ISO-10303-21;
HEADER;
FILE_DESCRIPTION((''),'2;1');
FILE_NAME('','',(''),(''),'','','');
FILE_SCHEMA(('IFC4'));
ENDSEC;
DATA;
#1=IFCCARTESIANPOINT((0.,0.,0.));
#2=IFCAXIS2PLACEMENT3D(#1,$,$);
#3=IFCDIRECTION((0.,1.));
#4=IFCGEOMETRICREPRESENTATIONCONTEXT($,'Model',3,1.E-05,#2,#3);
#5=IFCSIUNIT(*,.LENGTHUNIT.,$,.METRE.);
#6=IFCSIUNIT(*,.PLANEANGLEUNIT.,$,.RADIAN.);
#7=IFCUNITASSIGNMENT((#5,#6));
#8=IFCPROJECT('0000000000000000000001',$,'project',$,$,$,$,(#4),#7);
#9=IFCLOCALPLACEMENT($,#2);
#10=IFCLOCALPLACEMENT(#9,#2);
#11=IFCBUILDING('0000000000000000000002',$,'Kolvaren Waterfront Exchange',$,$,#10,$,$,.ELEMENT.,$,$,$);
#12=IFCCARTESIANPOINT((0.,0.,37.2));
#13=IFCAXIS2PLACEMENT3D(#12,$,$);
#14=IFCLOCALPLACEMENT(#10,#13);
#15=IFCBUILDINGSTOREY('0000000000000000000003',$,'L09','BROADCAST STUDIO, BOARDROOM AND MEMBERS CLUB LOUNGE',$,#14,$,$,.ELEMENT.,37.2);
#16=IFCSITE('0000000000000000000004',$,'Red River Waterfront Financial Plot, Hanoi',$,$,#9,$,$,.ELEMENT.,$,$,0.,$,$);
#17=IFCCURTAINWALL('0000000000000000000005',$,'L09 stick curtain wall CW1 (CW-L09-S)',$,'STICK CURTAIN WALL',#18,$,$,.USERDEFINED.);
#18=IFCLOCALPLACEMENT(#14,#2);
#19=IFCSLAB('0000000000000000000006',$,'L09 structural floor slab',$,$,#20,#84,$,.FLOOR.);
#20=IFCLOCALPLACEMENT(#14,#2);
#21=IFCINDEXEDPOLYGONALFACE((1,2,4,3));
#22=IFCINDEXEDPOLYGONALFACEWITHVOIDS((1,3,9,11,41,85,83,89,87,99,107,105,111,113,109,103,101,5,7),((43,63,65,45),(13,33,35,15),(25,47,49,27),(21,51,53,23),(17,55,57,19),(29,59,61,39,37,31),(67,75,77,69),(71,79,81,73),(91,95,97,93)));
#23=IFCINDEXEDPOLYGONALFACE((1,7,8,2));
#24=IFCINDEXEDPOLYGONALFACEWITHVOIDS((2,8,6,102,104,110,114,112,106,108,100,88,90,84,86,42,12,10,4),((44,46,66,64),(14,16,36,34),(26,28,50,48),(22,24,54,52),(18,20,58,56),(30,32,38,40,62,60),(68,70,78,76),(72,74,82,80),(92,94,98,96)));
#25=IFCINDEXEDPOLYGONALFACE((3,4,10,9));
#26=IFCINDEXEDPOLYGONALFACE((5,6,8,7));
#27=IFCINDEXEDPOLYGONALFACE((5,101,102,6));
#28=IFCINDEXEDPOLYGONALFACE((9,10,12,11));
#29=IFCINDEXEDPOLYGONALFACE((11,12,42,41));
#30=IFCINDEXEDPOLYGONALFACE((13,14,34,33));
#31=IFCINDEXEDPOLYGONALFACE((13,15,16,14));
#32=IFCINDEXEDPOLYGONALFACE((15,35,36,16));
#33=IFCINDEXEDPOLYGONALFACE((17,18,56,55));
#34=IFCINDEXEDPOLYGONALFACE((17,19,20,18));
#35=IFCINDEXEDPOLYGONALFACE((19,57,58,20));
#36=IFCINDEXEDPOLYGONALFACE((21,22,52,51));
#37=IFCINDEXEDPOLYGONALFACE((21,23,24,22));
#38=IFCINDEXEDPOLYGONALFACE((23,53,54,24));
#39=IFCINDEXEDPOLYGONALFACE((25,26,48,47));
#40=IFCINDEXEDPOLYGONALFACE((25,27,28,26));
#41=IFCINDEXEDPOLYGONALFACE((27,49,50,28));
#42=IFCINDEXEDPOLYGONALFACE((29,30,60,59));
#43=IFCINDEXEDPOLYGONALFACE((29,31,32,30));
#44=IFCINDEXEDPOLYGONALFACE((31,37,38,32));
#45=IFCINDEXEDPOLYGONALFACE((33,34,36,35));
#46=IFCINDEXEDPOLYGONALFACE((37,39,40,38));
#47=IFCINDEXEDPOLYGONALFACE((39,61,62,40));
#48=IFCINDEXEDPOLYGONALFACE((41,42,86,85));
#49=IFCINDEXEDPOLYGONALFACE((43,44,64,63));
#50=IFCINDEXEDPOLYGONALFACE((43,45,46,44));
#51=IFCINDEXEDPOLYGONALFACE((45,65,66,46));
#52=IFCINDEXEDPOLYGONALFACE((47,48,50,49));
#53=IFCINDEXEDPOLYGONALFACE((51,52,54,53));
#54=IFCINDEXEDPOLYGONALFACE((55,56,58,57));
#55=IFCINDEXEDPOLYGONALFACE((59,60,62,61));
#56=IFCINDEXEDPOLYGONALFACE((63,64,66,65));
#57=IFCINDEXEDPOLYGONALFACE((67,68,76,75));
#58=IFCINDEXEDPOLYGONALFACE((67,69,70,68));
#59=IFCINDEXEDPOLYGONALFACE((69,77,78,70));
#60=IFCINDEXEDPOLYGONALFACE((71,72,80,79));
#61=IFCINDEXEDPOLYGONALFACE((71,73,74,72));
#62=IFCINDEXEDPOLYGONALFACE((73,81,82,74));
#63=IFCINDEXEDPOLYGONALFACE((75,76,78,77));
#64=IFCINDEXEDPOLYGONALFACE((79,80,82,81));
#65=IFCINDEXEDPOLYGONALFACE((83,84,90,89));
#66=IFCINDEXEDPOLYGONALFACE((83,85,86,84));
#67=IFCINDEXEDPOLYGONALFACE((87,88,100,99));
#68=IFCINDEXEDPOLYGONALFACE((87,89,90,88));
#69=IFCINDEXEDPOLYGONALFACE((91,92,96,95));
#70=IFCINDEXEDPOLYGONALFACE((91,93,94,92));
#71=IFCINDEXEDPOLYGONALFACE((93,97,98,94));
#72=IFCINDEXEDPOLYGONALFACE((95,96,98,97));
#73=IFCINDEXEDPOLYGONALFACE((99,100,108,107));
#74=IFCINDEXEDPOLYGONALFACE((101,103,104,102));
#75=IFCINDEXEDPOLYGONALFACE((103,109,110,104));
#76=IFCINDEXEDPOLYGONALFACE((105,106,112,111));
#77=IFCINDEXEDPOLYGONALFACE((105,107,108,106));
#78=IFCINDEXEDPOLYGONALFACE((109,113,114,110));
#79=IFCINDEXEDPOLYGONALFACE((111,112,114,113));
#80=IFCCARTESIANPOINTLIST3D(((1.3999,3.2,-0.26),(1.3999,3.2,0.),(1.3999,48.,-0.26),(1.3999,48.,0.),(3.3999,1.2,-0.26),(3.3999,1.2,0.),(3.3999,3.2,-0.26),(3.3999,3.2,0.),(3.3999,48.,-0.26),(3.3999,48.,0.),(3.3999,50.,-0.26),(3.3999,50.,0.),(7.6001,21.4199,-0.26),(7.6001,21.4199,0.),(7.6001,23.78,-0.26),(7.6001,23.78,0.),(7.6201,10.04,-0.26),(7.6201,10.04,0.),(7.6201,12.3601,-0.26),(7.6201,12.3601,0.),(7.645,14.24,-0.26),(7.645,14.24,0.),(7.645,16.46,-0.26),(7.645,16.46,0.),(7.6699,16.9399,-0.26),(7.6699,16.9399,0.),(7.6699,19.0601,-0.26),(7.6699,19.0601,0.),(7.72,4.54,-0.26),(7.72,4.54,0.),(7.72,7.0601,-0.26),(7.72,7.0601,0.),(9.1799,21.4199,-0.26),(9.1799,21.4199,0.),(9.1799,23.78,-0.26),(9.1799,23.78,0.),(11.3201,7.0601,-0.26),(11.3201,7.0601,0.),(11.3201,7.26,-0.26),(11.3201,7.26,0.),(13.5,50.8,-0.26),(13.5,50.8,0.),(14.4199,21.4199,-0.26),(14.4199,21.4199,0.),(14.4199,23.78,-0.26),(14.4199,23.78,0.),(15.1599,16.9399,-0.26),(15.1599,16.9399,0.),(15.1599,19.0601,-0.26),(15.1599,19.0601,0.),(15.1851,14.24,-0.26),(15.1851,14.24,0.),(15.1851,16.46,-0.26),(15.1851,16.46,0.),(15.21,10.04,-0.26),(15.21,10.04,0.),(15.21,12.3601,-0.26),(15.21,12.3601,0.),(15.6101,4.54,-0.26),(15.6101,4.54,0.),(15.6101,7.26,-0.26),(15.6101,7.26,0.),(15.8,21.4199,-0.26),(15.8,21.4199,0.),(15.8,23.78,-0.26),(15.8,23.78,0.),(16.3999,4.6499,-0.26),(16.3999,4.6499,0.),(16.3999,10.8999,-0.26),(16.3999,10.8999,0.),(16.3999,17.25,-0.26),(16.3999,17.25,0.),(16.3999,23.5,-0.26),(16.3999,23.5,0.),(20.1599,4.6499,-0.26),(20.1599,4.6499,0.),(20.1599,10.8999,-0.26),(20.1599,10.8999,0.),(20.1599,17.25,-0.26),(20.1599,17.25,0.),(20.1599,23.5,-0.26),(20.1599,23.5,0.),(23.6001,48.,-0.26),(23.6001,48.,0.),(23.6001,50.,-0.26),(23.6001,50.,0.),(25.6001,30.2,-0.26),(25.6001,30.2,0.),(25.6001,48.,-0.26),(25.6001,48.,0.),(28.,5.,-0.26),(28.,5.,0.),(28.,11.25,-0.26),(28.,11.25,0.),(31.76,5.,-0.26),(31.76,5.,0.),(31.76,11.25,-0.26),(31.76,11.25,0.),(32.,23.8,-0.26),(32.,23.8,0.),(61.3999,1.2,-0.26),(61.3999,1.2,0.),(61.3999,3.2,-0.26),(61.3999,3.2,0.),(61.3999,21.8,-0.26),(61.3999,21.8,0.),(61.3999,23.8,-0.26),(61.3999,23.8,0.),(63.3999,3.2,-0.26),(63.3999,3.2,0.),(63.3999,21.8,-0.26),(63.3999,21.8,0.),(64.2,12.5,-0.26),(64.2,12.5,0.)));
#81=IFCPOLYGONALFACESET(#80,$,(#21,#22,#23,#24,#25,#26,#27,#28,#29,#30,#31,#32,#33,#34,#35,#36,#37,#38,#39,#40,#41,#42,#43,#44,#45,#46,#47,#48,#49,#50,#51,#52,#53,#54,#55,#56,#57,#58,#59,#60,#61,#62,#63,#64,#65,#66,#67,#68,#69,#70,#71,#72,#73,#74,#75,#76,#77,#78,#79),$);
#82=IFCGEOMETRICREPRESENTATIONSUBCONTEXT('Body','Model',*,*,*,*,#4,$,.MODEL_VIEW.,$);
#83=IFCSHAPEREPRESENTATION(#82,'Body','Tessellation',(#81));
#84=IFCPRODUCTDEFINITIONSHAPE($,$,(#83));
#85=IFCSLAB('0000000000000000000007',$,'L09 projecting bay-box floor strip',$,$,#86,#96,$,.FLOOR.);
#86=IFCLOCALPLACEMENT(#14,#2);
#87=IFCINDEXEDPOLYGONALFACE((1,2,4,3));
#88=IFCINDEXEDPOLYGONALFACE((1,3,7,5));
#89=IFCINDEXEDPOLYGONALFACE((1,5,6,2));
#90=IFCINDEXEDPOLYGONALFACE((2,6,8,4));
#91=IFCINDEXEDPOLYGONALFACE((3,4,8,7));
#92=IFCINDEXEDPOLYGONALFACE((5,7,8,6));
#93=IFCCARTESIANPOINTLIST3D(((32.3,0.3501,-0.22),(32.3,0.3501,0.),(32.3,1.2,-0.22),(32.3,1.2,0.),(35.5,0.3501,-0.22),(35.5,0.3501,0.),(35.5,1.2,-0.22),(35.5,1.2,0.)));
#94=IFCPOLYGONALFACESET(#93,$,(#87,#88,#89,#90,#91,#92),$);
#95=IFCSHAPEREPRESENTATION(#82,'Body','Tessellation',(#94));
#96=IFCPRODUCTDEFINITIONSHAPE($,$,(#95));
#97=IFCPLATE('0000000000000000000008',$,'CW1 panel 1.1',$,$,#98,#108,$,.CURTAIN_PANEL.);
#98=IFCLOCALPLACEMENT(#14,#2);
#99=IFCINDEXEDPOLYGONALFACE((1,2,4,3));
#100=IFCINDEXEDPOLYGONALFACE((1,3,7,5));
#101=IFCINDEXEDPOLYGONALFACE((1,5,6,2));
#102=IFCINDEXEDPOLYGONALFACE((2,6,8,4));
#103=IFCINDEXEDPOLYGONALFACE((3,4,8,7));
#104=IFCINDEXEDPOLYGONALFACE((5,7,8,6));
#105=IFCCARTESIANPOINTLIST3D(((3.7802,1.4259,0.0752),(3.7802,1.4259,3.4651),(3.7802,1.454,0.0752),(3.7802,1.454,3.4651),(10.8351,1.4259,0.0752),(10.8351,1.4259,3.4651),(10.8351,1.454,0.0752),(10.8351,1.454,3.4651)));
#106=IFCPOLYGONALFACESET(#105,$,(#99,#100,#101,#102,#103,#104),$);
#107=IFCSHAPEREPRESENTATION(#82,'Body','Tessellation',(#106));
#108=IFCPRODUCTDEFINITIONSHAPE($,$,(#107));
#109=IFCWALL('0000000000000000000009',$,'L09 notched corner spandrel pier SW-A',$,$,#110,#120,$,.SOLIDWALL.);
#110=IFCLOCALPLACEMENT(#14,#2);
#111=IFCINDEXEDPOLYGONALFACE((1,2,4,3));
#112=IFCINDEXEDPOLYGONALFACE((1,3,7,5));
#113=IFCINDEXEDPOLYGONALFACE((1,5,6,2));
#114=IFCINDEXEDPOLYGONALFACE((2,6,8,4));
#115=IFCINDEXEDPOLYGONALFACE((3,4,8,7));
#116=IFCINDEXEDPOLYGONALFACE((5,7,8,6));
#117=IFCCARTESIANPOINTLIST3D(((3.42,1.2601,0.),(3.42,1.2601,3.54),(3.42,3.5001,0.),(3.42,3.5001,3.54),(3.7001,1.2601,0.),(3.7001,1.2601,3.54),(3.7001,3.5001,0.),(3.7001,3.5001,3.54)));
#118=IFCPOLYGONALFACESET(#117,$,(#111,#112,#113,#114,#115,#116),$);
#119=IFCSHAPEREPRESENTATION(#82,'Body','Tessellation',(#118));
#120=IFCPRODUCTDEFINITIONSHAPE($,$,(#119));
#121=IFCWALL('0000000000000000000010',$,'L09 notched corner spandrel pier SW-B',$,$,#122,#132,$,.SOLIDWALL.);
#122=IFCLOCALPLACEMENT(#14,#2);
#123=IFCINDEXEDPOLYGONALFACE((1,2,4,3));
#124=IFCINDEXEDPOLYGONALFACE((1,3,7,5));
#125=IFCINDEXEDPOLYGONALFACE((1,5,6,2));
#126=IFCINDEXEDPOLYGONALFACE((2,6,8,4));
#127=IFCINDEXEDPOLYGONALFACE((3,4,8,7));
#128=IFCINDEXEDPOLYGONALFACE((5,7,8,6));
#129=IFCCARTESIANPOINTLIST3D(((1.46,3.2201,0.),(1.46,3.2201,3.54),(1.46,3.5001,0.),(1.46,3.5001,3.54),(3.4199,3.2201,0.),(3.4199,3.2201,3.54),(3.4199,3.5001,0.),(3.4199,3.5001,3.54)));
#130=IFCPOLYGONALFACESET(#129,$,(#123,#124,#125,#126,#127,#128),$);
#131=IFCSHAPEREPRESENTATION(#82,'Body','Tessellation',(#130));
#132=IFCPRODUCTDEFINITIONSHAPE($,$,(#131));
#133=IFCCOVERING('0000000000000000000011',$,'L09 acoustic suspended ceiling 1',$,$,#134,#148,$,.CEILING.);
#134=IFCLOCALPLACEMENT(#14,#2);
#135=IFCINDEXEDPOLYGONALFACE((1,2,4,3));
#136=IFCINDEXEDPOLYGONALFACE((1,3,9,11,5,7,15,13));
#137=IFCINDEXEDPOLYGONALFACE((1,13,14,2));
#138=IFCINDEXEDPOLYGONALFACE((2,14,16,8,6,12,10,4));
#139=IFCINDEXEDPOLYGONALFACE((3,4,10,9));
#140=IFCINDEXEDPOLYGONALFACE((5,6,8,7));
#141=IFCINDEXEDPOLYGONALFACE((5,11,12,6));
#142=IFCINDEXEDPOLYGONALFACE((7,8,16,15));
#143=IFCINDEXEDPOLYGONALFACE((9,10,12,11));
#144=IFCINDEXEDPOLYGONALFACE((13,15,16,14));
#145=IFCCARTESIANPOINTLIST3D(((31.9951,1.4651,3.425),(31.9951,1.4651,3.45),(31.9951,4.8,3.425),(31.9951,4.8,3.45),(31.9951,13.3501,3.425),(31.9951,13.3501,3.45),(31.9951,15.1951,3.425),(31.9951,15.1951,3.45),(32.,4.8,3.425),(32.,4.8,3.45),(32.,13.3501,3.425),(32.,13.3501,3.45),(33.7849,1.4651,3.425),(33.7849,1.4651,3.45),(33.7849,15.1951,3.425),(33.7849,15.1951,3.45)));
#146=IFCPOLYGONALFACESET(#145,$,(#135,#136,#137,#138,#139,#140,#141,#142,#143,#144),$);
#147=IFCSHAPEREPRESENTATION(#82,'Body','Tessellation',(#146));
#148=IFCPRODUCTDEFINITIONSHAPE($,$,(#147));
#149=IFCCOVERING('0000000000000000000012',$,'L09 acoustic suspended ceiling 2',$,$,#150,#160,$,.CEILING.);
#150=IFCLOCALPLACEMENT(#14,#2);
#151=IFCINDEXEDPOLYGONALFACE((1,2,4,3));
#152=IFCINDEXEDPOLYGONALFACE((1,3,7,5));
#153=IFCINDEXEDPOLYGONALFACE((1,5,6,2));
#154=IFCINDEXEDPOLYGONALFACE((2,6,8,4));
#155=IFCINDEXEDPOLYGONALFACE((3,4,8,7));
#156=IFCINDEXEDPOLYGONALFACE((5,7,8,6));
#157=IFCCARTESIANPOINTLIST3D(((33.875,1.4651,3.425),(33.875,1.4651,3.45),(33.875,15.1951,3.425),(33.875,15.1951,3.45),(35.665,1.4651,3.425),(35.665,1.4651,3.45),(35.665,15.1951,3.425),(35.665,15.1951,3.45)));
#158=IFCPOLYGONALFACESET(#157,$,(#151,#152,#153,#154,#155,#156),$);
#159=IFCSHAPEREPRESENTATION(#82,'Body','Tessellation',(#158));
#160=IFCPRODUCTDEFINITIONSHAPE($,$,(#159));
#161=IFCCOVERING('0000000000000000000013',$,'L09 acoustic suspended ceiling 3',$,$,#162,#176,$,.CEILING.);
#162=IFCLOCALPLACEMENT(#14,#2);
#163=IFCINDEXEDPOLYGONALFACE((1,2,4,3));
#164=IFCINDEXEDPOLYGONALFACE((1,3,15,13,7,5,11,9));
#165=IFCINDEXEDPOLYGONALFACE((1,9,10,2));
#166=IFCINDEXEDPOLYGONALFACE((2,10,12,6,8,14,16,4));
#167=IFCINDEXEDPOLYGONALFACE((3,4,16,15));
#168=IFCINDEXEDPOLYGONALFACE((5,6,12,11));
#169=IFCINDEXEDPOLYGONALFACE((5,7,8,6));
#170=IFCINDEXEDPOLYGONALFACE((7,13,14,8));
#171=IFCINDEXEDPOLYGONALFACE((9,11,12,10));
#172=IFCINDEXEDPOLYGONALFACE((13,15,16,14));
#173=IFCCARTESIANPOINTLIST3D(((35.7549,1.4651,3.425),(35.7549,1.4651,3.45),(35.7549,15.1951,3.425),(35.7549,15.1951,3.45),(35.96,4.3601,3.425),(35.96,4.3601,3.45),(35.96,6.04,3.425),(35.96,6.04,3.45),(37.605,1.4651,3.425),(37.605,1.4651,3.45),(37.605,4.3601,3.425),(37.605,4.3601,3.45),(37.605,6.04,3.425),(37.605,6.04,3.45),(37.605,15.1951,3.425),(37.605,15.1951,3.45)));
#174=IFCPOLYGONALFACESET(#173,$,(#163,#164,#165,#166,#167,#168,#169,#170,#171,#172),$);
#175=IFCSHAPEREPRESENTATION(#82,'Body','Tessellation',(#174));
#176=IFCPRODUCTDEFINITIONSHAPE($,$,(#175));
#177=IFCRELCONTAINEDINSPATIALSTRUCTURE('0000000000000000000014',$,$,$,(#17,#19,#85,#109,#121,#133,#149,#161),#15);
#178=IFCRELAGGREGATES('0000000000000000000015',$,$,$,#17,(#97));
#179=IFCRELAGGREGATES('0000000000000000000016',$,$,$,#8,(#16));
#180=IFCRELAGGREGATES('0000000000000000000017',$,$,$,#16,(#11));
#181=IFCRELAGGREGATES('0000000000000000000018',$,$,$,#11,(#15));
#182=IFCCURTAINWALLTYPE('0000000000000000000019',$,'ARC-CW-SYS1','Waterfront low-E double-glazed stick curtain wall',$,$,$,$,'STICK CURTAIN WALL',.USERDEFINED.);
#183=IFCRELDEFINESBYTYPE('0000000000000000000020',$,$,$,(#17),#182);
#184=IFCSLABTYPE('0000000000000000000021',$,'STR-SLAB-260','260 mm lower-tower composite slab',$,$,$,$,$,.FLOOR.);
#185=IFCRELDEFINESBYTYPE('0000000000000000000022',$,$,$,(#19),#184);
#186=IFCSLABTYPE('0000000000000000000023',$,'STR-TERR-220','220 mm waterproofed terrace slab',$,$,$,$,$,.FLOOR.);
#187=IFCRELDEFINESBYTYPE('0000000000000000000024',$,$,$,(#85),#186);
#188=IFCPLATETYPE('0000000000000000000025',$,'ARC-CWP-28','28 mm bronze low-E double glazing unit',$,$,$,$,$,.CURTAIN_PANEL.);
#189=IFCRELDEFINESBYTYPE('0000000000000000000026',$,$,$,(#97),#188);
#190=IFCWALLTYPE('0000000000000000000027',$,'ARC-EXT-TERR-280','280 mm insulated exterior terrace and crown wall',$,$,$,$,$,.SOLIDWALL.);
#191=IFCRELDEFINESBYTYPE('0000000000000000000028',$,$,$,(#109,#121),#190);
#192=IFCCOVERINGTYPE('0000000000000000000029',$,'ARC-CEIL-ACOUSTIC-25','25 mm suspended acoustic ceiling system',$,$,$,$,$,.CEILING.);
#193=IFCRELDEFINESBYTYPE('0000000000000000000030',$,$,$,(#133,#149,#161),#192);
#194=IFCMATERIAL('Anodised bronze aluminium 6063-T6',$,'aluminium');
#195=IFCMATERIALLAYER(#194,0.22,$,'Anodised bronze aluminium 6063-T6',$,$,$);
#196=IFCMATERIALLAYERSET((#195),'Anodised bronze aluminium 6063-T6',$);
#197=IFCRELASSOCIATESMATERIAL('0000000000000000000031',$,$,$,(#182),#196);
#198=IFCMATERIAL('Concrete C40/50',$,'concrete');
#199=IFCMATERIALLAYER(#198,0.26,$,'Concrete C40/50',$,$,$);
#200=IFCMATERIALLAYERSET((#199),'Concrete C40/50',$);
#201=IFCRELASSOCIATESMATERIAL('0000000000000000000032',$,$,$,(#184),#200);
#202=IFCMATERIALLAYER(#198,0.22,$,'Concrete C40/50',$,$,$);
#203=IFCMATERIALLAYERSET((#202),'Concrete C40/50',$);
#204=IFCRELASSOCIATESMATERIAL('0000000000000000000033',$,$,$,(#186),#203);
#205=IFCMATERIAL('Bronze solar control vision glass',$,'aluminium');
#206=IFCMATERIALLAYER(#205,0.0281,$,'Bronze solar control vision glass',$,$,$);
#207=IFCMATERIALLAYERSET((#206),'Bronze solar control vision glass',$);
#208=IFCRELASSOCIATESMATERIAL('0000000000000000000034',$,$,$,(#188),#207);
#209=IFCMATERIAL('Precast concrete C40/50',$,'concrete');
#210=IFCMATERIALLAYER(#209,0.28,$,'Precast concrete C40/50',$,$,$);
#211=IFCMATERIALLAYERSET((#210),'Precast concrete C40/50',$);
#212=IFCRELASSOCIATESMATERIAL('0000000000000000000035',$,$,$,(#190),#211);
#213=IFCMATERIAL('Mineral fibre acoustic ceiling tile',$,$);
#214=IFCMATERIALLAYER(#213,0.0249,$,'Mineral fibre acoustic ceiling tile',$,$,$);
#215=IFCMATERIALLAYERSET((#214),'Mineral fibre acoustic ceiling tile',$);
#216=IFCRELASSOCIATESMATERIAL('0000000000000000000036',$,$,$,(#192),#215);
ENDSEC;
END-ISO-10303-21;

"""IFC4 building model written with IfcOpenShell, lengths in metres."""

from ifc_helpers import new_model, si_unit, direction, frame, frame_2d, origin, origin_with_axes, origin_2d, place, context, subcontext, project, spatial, polyline, rectangle, outline, extrude, source, transform, mapped, material, layer, layer_set, type_object, element, aggregate, save


model = new_model("IFC4")

# Units and contexts
model_context = context("Model", 3, precision=1e-05, world=origin(), true_north=direction((0.0, 1.0)))
body_context = subcontext(model_context, "Body", "Model", "MODEL_VIEW")
ifc_project = project(units=[si_unit("LENGTHUNIT", "METRE"), si_unit("PLANEANGLEUNIT", "RADIAN")], contexts=[model_context])

# Site, building, storey
site_placement = place(None, origin())
site = spatial("IfcSite", under=ifc_project, at=site_placement, Name="Red River Waterfront Financial Plot, Hanoi", CompositionType="ELEMENT", RefElevation=0.0)
building_placement = place(site_placement, origin())
building = spatial("IfcBuilding", under=site, at=building_placement, Name="Kolvaren Waterfront Exchange", CompositionType="ELEMENT")
storey_placement = place(building_placement, frame((0.0, 0.0, 37.2)))
storey = spatial("IfcBuildingStorey", under=building, at=storey_placement, Name="L09", Description="BROADCAST STUDIO, BOARDROOM AND MEMBERS CLUB LOUNGE", CompositionType="ELEMENT", Elevation=37.2)

# Curtain wall
ifc_material_1 = material(Name="Anodised bronze aluminium 6063-T6", Category="aluminium")
ifc_layer_1 = layer(ifc_material_1, 0.22, Name="Anodised bronze aluminium 6063-T6")
ifc_layer_set_1 = layer_set([ifc_layer_1], Name="Anodised bronze aluminium 6063-T6")
curtain_wall_type_1 = type_object("IfcCurtainWallType", Name="ARC-CW-SYS1", Description="Waterfront low-E double-glazed stick curtain wall", ElementType="STICK CURTAIN WALL", PredefinedType="USERDEFINED", material=ifc_layer_set_1)
curtain_wall_1_placement = place(storey_placement, origin())
curtain_wall_1 = element("IfcCurtainWall", 1, at=curtain_wall_1_placement, inside=storey, type_object=curtain_wall_type_1, Name="L09 stick curtain wall CW1 (CW-L09-S)", ObjectType="STICK CURTAIN WALL", PredefinedType="USERDEFINED")

# Shared definitions
ifc_material_2 = material(Name="Concrete C40/50", Category="concrete")

# Slabs
ifc_layer_2 = layer(ifc_material_2, 0.26, Name="Concrete C40/50")
ifc_layer_set_2 = layer_set([ifc_layer_2], Name="Concrete C40/50")
slab_type_1 = type_object("IfcSlabType", Name="STR-SLAB-260", Description="260 mm lower-tower composite slab", PredefinedType="FLOOR", material=ifc_layer_set_2)
slab_1_placement = place(storey_placement, frame((0.0, 0.0, -0.26)))
element("IfcSlab", 2, at=slab_1_placement, inside=storey, type_object=slab_type_1, Name="L09 structural floor slab", PredefinedType="FLOOR", context=body_context, shape_type="SweptSolid", body=[
    extrude(outline(polyline([(3.3999, 1.2), (61.3999, 1.2), (61.3999, 3.2), (63.3999, 3.2), (64.2, 12.5), (63.3999, 21.8), (61.3999, 21.8), (61.3999, 23.8), (32.0, 23.8), (25.6001, 30.2), (25.6001, 48.0), (23.6001, 48.0), (23.6001, 50.0), (13.5, 50.8), (3.3999, 50.0), (3.3999, 48.0), (1.3999, 48.0), (1.3999, 3.2), (3.3999, 3.2), (3.3999, 1.2)]), holes=[polyline([(11.3201, 7.26), (15.6101, 7.26), (15.6101, 4.54), (7.72, 4.54), (7.72, 7.0601), (11.3201, 7.0601), (11.3201, 7.26)]), polyline([(20.1599, 4.6499), (16.3999, 4.6499), (16.3999, 10.8999), (20.1599, 10.8999), (20.1599, 4.6499)]), polyline([(31.76, 5.0), (28.0, 5.0), (28.0, 11.25), (31.76, 11.25), (31.76, 5.0)]), polyline([(15.21, 10.04), (7.6201, 10.04), (7.6201, 12.3601), (15.21, 12.3601), (15.21, 10.04)]), polyline([(7.645, 16.46), (15.1851, 16.46), (15.1851, 14.24), (7.645, 14.24), (7.645, 16.46)]), polyline([(15.1599, 16.9399), (7.6699, 16.9399), (7.6699, 19.0601), (15.1599, 19.0601), (15.1599, 16.9399)]), polyline([(16.3999, 23.5), (20.1599, 23.5), (20.1599, 17.25), (16.3999, 17.25), (16.3999, 23.5)]), polyline([(7.6001, 23.78), (9.1799, 23.78), (9.1799, 21.4199), (7.6001, 21.4199), (7.6001, 23.78)]), polyline([(15.8, 23.78), (15.8, 21.4199), (14.4199, 21.4199), (14.4199, 23.78), (15.8, 23.78)])]), origin(), (0.0, 0.0, 1.0), 0.26),
])
ifc_layer_3 = layer(ifc_material_2, 0.22, Name="Concrete C40/50")
ifc_layer_set_3 = layer_set([ifc_layer_3], Name="Concrete C40/50")
slab_type_2 = type_object("IfcSlabType", Name="STR-TERR-220", Description="220 mm waterproofed terrace slab", PredefinedType="FLOOR", material=ifc_layer_set_3)
slab_2_placement = place(storey_placement, frame((0.0, 0.0, -0.22)))
element("IfcSlab", 3, at=slab_2_placement, inside=storey, type_object=slab_type_2, Name="L09 projecting bay-box floor strip", PredefinedType="FLOOR", context=body_context, shape_type="SweptSolid", body=[
    extrude(outline(polyline([(32.3, 0.3501), (35.5, 0.3501), (35.5, 1.2), (32.3, 1.2), (32.3, 0.3501)])), origin(), (0.0, 0.0, 1.0), 0.22),
])

# Plate
ifc_material_3 = material(Name="Bronze solar control vision glass", Category="aluminium")
ifc_layer_4 = layer(ifc_material_3, 0.0281, Name="Bronze solar control vision glass")
ifc_layer_set_4 = layer_set([ifc_layer_4], Name="Bronze solar control vision glass")
plate_type = type_object("IfcPlateType", Name="ARC-CWP-28", Description="28 mm bronze low-E double glazing unit", PredefinedType="CURTAIN_PANEL", material=ifc_layer_set_4)
shared_shape_1 = source(origin_with_axes(), body_context, "Body", "SweptSolid", [
    extrude(rectangle(XDim=7.0549, YDim=0.0281, at=origin_2d()), origin(), (0.0, 0.0, 1.0), 3.3899),
])
plate_placement = place(storey_placement, frame((7.3076, 1.4399, 0.0752), z_axis=(0.0, 0.0, 1.0), x_axis=(1.0, 0.0, 0.0)))
plate = element("IfcPlate", 4, at=plate_placement, type_object=plate_type, Name="CW1 panel 1.1", PredefinedType="CURTAIN_PANEL", context=body_context, shape_type="MappedRepresentation", body=[
    mapped(shared_shape_1, transform((0.0, 0.0, 0.0), x_axis=(1.0, 0.0, 0.0), y_axis=(0.0, 1.0, 0.0), z_axis=(0.0, 0.0, 1.0), scale=1.0)),
])
aggregate(curtain_wall_1, [plate])

# Walls
ifc_material_4 = material(Name="Precast concrete C40/50", Category="concrete")
ifc_layer_5 = layer(ifc_material_4, 0.28, Name="Precast concrete C40/50")
ifc_layer_set_5 = layer_set([ifc_layer_5], Name="Precast concrete C40/50")
wall_type = type_object("IfcWallType", Name="ARC-EXT-TERR-280", Description="280 mm insulated exterior terrace and crown wall", PredefinedType="SOLIDWALL", material=ifc_layer_set_5)
wall_1_placement = place(storey_placement, frame((3.5601, 1.26, 0.0), z_axis=(0.0, 0.0, 1.0), x_axis=(0.0, 1.0, 0.0)))
element("IfcWall", 5, at=wall_1_placement, inside=storey, type_object=wall_type, Name="L09 notched corner spandrel pier SW-A", PredefinedType="SOLIDWALL", context=body_context, shape_type="SweptSolid", body=[
    extrude(rectangle(XDim=2.24, YDim=0.28, at=frame_2d((1.1201, 0.0))), origin(), (0.0, 0.0, 1.0), 3.54),
])
wall_2_placement = place(storey_placement, frame((1.46, 3.3601, 0.0), z_axis=(0.0, 0.0, 1.0), x_axis=(1.0, 0.0, 0.0)))
element("IfcWall", 6, at=wall_2_placement, inside=storey, type_object=wall_type, Name="L09 notched corner spandrel pier SW-B", PredefinedType="SOLIDWALL", context=body_context, shape_type="SweptSolid", body=[
    extrude(rectangle(XDim=1.96, YDim=0.28, at=frame_2d((0.98, 0.0))), origin(), (0.0, 0.0, 1.0), 3.54),
])

# Coverings
ifc_material_5 = material(Name="Mineral fibre acoustic ceiling tile")
ifc_layer_6 = layer(ifc_material_5, 0.0249, Name="Mineral fibre acoustic ceiling tile")
ifc_layer_set_6 = layer_set([ifc_layer_6], Name="Mineral fibre acoustic ceiling tile")
covering_type_1 = type_object("IfcCoveringType", Name="ARC-CEIL-ACOUSTIC-25", Description="25 mm suspended acoustic ceiling system", PredefinedType="CEILING", material=ifc_layer_set_6)
covering_1_placement = place(storey_placement, frame((0.0, 0.0, 3.425)))
element("IfcCovering", 7, at=covering_1_placement, inside=storey, type_object=covering_type_1, Name="L09 acoustic suspended ceiling 1", PredefinedType="CEILING", context=body_context, shape_type="SweptSolid", body=[
    extrude(outline(polyline([(33.7849, 1.4651), (33.7849, 15.1951), (31.9951, 15.1951), (31.9951, 13.3501), (32.0, 13.3501), (32.0, 4.8), (31.9951, 4.8), (31.9951, 1.4651), (33.7849, 1.4651)])), origin(), (0.0, 0.0, 1.0), 0.0249),
])
covering_2_placement = place(storey_placement, frame((0.0, 0.0, 3.425)))
element("IfcCovering", 8, at=covering_2_placement, inside=storey, type_object=covering_type_1, Name="L09 acoustic suspended ceiling 2", PredefinedType="CEILING", context=body_context, shape_type="SweptSolid", body=[
    extrude(outline(polyline([(35.665, 1.4651), (35.665, 15.1951), (33.875, 15.1951), (33.875, 1.4651), (35.665, 1.4651)])), origin(), (0.0, 0.0, 1.0), 0.0249),
])
covering_3_placement = place(storey_placement, frame((0.0, 0.0, 3.425)))
element("IfcCovering", 9, at=covering_3_placement, inside=storey, type_object=covering_type_1, Name="L09 acoustic suspended ceiling 3", PredefinedType="CEILING", context=body_context, shape_type="SweptSolid", body=[
    extrude(outline(polyline([(37.605, 4.3601), (35.96, 4.3601), (35.96, 6.04), (37.605, 6.04), (37.605, 15.1951), (35.7549, 15.1951), (35.7549, 1.4651), (37.605, 1.4651), (37.605, 4.3601)])), origin(), (0.0, 0.0, 1.0), 0.0249),
])

save(model, "model.ifc")
